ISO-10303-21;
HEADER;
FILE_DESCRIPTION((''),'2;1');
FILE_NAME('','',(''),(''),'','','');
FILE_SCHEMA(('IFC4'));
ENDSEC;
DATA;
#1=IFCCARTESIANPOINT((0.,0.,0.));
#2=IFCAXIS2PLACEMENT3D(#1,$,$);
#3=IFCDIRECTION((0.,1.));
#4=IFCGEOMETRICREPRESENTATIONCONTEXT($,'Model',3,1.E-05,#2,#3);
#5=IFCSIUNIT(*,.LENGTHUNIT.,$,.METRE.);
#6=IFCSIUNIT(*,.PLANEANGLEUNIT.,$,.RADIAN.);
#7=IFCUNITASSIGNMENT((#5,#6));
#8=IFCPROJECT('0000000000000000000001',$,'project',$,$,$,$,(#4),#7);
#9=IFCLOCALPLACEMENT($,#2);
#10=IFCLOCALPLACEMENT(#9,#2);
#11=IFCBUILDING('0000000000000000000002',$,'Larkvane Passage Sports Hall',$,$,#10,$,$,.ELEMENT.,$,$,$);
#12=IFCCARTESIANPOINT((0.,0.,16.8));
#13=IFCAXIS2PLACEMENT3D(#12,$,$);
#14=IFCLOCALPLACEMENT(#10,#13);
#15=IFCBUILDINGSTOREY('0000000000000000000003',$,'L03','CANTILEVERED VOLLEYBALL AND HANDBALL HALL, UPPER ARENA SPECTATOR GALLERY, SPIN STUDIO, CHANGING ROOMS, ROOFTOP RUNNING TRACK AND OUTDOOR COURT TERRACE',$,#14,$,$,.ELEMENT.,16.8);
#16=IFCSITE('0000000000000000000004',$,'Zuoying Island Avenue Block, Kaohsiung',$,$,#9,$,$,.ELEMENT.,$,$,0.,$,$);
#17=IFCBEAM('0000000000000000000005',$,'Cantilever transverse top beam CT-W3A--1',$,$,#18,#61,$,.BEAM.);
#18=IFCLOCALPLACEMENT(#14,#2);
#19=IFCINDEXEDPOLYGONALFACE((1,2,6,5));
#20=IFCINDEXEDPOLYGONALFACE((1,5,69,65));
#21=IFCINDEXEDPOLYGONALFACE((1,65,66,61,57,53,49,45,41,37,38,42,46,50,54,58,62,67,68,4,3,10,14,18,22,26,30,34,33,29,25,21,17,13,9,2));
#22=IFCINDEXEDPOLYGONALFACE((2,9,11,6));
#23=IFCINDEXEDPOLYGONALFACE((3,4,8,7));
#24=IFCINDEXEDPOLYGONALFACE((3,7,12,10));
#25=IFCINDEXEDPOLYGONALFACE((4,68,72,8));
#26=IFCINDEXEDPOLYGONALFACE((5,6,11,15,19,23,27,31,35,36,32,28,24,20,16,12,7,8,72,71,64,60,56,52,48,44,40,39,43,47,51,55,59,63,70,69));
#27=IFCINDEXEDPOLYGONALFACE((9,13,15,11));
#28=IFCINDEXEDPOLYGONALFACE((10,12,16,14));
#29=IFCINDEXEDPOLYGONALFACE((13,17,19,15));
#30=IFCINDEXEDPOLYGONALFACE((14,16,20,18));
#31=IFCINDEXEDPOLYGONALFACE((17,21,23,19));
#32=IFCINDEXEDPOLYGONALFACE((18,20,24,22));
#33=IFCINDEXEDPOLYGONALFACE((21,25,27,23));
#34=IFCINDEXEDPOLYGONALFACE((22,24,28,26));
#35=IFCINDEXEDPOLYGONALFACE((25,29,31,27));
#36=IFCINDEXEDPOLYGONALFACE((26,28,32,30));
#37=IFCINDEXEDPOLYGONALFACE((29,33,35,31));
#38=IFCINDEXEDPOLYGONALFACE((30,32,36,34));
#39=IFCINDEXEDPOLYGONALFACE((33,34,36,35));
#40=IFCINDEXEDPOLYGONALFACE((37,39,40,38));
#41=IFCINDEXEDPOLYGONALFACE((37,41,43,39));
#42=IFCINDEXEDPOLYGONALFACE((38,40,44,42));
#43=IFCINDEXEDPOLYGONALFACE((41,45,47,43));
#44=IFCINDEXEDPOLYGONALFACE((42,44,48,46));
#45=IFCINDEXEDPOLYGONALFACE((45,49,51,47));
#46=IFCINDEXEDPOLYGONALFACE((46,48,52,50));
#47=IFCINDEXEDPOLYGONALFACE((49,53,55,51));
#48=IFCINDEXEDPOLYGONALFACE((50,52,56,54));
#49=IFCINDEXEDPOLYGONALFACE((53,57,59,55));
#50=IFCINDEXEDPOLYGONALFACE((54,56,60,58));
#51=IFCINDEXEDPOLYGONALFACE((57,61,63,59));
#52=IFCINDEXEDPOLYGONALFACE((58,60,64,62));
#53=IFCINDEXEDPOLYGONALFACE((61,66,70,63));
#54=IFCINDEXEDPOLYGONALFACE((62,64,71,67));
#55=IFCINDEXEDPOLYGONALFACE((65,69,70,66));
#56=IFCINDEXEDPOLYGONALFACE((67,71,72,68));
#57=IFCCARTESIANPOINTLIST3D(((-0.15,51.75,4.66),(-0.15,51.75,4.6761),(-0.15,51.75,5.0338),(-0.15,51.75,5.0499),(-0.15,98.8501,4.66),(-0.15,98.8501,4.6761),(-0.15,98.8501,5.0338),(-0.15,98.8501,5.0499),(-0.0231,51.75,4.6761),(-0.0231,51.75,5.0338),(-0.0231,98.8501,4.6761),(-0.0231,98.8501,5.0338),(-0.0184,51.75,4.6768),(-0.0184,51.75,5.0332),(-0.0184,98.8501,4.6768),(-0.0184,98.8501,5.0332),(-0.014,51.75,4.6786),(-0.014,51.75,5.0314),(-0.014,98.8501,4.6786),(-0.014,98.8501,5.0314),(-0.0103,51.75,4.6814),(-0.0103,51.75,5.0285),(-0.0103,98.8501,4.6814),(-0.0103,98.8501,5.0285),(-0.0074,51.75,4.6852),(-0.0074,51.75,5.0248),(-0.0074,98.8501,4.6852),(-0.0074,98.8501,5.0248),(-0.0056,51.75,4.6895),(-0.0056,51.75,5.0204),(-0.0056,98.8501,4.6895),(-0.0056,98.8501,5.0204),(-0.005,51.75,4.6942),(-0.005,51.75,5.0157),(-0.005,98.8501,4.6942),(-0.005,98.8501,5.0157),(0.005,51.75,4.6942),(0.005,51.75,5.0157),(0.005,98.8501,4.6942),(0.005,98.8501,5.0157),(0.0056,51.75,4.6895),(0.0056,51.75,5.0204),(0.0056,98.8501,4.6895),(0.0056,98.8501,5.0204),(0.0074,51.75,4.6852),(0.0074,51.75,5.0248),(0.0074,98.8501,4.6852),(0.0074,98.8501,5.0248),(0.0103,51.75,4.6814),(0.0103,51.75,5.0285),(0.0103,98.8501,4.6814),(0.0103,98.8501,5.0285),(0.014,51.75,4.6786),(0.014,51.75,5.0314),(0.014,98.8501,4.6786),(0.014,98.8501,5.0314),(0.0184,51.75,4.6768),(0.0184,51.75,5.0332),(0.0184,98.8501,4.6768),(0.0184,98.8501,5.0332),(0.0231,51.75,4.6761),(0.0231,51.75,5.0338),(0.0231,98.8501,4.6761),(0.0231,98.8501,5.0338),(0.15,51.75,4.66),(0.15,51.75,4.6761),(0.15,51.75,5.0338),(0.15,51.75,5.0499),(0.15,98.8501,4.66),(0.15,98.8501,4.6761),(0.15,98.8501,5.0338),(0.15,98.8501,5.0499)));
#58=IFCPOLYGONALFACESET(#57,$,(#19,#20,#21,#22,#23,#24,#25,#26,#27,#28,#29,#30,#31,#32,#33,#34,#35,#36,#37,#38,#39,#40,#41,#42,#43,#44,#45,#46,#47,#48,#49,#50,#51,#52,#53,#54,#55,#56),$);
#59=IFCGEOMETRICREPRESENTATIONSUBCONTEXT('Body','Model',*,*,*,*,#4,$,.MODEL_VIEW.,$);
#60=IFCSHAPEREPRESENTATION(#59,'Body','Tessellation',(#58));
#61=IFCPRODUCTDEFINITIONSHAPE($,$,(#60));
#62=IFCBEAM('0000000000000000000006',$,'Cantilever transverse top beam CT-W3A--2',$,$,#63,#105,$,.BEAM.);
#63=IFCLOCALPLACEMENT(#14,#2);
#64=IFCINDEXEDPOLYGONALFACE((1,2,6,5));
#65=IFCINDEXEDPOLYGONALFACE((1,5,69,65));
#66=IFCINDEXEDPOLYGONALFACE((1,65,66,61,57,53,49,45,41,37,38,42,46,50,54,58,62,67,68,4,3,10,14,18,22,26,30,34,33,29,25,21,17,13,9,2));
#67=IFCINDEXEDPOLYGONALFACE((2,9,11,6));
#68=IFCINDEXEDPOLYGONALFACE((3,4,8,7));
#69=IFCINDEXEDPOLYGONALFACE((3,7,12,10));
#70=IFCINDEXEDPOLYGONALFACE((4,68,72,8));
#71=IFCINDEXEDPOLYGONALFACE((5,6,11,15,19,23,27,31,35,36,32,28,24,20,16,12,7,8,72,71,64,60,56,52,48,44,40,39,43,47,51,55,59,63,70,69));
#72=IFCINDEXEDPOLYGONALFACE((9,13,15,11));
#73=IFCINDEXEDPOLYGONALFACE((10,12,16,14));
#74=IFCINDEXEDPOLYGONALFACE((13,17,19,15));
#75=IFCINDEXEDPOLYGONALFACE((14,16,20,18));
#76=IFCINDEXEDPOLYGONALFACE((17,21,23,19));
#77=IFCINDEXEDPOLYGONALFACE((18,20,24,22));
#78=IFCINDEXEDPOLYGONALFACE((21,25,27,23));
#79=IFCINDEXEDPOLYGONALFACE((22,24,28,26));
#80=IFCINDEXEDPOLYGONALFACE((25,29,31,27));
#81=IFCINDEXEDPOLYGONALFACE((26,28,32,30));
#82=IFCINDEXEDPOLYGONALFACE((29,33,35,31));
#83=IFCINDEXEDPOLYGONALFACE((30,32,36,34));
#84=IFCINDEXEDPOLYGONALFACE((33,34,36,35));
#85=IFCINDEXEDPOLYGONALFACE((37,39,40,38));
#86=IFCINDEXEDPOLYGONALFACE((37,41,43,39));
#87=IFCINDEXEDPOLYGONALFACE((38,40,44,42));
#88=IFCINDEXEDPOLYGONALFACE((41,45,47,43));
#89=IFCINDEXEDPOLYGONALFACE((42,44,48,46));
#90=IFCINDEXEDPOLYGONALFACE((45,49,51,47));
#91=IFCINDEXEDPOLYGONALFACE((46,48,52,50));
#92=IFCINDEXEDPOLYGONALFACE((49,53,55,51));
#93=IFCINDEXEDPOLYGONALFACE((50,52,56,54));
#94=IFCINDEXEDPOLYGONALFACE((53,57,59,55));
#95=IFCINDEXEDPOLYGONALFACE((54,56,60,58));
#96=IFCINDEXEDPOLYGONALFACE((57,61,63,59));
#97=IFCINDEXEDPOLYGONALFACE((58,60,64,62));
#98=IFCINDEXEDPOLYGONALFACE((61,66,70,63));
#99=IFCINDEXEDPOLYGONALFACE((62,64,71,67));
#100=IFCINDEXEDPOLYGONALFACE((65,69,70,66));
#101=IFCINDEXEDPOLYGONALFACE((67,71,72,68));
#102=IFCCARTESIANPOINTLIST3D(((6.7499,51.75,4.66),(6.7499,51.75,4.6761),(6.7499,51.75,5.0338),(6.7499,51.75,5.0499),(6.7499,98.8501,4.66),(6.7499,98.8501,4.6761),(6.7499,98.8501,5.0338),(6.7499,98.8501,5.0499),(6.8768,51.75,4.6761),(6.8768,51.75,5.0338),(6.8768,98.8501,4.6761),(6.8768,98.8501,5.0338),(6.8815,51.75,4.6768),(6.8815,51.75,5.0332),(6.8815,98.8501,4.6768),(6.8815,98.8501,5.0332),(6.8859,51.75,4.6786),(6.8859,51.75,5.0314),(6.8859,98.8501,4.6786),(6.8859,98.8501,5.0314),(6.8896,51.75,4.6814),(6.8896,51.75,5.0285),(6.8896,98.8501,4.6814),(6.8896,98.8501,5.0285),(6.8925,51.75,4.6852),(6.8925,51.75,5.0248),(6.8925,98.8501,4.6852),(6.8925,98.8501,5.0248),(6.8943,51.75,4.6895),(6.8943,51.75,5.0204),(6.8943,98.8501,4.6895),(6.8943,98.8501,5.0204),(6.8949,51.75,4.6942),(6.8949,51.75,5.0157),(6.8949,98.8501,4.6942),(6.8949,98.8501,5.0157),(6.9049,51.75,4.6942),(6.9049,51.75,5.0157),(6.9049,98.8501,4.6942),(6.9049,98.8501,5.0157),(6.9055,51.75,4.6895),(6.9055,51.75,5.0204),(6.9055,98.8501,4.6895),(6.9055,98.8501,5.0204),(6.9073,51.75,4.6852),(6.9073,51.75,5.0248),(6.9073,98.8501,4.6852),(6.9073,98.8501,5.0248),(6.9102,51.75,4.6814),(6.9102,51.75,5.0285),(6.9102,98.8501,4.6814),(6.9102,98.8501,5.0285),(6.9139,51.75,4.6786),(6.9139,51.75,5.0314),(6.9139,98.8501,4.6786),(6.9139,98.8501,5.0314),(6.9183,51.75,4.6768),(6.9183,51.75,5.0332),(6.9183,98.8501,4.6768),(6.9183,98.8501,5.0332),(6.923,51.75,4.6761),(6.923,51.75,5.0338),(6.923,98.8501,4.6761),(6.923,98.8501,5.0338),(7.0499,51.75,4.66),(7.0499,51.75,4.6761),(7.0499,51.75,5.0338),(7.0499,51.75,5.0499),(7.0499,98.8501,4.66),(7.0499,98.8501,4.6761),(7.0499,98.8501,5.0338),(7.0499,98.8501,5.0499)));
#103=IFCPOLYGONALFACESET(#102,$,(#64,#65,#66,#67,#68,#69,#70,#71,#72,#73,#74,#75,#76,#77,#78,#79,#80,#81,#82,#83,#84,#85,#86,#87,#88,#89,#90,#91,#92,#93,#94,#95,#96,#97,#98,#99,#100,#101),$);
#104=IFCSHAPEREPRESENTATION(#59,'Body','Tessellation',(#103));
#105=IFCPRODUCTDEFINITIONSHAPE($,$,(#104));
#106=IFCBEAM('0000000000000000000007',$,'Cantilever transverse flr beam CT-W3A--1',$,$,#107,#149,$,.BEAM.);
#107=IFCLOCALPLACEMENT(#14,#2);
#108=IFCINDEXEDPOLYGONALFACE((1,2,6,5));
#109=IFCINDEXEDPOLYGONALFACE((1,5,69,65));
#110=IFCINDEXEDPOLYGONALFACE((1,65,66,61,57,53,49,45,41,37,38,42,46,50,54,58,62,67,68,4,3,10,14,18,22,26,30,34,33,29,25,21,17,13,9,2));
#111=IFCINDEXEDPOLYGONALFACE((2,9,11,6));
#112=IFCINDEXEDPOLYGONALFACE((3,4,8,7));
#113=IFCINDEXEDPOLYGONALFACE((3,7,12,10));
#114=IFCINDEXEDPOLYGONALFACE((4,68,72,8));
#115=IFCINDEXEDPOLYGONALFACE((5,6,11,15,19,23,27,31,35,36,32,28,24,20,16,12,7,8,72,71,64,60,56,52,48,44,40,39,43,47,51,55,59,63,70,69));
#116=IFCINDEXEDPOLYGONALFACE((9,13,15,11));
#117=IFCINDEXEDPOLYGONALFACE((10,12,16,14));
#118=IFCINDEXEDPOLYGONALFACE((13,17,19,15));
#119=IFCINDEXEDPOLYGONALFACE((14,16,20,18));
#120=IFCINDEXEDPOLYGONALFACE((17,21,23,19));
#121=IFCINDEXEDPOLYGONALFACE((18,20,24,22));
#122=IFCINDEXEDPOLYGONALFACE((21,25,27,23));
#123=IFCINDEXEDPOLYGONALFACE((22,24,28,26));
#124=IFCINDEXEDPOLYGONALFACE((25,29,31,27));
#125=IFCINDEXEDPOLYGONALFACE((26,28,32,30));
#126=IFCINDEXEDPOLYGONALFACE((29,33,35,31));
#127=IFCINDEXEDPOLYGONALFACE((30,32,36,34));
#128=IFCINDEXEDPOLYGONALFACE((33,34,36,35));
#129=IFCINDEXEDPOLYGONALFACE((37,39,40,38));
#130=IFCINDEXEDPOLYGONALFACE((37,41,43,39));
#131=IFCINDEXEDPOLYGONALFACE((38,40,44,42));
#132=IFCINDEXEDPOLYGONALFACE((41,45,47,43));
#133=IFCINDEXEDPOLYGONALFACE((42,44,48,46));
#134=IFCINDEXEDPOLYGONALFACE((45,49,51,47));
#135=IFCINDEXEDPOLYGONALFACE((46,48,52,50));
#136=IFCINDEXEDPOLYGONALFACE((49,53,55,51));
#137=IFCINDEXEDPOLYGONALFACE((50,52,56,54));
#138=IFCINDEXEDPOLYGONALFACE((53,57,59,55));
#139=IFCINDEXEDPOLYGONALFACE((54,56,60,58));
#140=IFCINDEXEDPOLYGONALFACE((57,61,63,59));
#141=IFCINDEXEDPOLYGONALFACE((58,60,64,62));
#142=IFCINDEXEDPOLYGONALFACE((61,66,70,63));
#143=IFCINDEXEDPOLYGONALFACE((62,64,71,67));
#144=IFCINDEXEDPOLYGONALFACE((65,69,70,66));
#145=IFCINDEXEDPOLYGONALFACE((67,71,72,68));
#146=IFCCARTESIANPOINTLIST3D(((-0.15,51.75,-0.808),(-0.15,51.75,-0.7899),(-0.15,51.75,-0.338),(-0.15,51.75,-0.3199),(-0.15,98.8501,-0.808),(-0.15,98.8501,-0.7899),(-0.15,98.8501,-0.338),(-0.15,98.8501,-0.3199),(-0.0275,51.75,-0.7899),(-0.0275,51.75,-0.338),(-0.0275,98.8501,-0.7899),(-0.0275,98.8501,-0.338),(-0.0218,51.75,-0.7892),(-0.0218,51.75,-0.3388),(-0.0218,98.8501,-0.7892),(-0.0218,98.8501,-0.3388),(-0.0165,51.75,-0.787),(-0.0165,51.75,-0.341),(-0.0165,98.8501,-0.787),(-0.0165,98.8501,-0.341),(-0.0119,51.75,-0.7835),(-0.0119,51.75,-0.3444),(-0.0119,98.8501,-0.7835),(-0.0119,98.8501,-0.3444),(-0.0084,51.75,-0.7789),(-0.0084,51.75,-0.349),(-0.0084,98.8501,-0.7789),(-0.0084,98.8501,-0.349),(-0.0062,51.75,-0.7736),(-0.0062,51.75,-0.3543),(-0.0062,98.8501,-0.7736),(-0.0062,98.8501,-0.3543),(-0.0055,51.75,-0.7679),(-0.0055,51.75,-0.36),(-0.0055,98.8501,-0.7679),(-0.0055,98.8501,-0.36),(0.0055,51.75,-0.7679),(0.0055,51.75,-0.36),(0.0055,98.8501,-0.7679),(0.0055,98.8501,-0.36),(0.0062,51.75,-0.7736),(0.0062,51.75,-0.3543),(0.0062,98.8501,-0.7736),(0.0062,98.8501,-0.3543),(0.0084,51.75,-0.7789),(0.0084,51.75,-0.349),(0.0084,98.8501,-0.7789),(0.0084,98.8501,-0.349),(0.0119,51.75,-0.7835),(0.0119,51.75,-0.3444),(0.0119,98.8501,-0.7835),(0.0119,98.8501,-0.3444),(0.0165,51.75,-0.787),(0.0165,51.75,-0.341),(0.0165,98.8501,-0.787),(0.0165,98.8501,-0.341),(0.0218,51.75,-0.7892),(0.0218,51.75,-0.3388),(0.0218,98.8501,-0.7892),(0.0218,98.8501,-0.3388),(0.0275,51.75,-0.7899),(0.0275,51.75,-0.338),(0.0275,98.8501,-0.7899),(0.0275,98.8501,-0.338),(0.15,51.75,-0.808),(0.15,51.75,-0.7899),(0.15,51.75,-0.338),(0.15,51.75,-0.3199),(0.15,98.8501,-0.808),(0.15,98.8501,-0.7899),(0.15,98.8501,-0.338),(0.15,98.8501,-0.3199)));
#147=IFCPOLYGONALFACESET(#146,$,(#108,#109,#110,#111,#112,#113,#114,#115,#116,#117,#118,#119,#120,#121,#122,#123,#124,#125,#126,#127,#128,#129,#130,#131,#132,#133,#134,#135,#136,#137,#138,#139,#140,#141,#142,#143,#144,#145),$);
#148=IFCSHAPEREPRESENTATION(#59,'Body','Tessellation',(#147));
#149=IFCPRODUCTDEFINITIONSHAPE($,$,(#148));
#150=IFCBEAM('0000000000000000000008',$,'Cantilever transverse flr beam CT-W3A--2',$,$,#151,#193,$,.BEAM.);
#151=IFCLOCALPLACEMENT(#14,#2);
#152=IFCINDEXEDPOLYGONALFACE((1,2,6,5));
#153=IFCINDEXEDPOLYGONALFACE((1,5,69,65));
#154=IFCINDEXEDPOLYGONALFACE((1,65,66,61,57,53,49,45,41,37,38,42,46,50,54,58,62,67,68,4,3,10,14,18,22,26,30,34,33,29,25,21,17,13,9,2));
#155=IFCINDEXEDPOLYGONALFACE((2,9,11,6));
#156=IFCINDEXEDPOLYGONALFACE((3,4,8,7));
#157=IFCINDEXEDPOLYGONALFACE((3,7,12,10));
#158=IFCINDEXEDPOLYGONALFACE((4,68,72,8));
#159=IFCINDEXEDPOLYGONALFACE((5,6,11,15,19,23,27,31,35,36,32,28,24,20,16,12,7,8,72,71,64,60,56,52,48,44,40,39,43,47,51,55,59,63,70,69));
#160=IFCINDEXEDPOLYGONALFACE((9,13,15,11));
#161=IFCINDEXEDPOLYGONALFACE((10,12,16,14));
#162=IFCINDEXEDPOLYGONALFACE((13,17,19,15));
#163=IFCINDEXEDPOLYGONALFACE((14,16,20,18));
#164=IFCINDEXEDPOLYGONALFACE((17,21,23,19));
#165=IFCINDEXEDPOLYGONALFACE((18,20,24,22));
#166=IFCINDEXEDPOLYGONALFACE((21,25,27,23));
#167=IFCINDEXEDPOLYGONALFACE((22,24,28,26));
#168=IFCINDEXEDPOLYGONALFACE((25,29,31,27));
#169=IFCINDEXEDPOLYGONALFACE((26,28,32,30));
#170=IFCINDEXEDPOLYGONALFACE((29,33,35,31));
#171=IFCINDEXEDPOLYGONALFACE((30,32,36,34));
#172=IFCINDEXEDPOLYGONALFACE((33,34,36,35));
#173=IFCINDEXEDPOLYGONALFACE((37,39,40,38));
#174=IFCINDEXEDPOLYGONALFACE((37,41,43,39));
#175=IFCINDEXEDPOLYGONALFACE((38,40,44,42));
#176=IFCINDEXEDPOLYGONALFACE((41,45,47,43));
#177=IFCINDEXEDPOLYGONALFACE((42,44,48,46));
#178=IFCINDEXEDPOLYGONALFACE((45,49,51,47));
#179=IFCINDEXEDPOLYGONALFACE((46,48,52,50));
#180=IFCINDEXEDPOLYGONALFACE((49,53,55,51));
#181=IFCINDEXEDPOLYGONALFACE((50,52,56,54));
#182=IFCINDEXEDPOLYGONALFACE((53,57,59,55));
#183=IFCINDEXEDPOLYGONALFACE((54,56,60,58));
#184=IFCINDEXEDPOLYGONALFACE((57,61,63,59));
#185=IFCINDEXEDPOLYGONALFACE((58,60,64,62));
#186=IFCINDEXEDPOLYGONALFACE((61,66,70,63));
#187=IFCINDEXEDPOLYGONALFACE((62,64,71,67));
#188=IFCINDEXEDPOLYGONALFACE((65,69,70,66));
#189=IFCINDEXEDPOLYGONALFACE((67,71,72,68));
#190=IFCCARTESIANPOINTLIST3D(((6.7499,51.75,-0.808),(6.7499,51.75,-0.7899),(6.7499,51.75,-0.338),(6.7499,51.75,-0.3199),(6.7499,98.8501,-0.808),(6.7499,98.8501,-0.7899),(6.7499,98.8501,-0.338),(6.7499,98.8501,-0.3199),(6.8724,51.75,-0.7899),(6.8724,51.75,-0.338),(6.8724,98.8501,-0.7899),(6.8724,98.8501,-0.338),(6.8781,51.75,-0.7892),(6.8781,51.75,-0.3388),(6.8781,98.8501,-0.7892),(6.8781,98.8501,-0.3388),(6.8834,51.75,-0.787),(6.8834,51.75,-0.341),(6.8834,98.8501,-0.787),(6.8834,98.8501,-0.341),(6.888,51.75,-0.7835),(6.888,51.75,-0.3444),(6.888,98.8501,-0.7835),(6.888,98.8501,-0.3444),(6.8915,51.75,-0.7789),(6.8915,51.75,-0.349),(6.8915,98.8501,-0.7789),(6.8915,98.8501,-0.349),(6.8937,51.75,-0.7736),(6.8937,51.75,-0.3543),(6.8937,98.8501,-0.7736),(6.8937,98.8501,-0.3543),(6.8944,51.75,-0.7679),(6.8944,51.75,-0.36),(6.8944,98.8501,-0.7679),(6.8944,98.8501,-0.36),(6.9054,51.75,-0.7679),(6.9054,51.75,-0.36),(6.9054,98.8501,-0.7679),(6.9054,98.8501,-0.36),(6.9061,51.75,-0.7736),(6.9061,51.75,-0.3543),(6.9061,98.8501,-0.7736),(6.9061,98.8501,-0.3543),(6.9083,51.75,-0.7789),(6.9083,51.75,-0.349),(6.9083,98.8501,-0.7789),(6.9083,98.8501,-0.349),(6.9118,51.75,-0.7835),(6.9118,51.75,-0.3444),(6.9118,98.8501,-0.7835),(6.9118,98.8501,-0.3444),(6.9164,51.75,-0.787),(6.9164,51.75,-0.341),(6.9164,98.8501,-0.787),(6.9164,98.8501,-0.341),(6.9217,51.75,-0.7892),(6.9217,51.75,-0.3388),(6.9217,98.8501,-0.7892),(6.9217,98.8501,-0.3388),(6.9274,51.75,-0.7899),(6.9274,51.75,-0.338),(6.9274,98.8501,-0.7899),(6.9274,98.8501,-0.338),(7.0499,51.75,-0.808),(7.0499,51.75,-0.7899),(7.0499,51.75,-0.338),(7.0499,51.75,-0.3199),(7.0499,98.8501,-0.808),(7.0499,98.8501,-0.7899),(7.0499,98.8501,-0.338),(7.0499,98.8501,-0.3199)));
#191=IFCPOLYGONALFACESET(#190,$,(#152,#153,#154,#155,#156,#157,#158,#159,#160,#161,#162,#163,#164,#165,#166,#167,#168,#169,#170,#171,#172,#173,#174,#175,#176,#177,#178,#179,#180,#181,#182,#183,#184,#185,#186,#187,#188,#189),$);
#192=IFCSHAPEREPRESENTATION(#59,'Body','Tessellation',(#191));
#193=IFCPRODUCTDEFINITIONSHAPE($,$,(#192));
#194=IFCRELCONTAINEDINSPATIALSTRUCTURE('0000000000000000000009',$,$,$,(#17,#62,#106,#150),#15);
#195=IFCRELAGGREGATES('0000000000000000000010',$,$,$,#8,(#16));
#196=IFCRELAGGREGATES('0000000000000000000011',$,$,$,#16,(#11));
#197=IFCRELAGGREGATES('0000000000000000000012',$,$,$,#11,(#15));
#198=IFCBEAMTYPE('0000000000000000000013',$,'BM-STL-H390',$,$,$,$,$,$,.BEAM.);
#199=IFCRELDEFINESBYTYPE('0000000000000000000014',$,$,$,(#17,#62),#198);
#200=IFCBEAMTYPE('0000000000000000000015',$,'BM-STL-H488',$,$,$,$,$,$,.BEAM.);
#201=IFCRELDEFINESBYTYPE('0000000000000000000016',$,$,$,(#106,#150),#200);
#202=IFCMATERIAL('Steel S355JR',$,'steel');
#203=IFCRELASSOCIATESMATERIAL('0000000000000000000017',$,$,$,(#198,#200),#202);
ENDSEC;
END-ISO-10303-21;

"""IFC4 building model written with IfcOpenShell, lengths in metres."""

from ifc_helpers import new_model, si_unit, direction, frame, origin, origin_2d, place, context, subcontext, project, spatial, i_section, extrude, material, material_profile, profile_set, type_object, element, save


model = new_model("IFC4")

# Units and contexts
model_context = context("Model", 3, precision=1e-05, world=origin(), true_north=direction((0.0, 1.0)))
body_context = subcontext(model_context, "Body", "Model", "MODEL_VIEW")
ifc_project = project(units=[si_unit("LENGTHUNIT", "METRE"), si_unit("PLANEANGLEUNIT", "RADIAN")], contexts=[model_context])

# Site, building, storey
site_placement = place(None, origin())
site = spatial("IfcSite", under=ifc_project, at=site_placement, Name="Zuoying Island Avenue Block, Kaohsiung", CompositionType="ELEMENT", RefElevation=0.0)
building_placement = place(site_placement, origin())
building = spatial("IfcBuilding", under=site, at=building_placement, Name="Larkvane Passage Sports Hall", CompositionType="ELEMENT")
storey_placement = place(building_placement, frame((0.0, 0.0, 16.8)))
storey = spatial("IfcBuildingStorey", under=building, at=storey_placement, Name="L03", Description="CANTILEVERED VOLLEYBALL AND HANDBALL HALL, UPPER ARENA SPECTATOR GALLERY, SPIN STUDIO, CHANGING ROOMS, ROOFTOP RUNNING TRACK AND OUTDOOR COURT TERRACE", CompositionType="ELEMENT", Elevation=16.8)

# Beams
ifc_material_1 = material(Name="Steel S355JR", Category="steel")
ifc_material_profile_1 = material_profile(ifc_material_1, i_section(OverallWidth=0.3, OverallDepth=0.3899, WebThickness=0.01, FlangeThickness=0.0161, FilletRadius=0.0181, at=origin_2d()), Name="H-390x300x10x16")
ifc_profile_set_1 = profile_set([ifc_material_profile_1], Name="Steel S355JR")
beam_type_1 = type_object("IfcBeamType", Name="BM-STL-H390", PredefinedType="BEAM", material=ifc_profile_set_1)
for number, where, z_axis, x_axis, name in (
    (1, (0.0, 51.75, 4.855), (0.0, 1.0, 0.0), (-1.0, 0.0, 0.0), "Cantilever transverse top beam CT-W3A--1"),
    (2, (6.8999, 51.75, 4.855), (0.0, 1.0, 0.0), (-1.0, 0.0, 0.0), "Cantilever transverse top beam CT-W3A--2"),
):
    element("IfcBeam", number, at=place(storey_placement, frame(where, z_axis=z_axis, x_axis=x_axis)), inside=storey, type_object=beam_type_1, Name=name, PredefinedType="BEAM", context=body_context, shape_type="SweptSolid", body=[
        extrude(i_section(OverallWidth=0.3, OverallDepth=0.3899, WebThickness=0.01, FlangeThickness=0.0161, FilletRadius=0.0181, at=origin_2d()), origin(), (0.0, 0.0, 1.0), 47.1001),
    ])
ifc_material_profile_2 = material_profile(ifc_material_1, i_section(OverallWidth=0.3, OverallDepth=0.488, WebThickness=0.011, FlangeThickness=0.0181, FilletRadius=0.022, at=origin_2d()), Name="H-488x300x11x18")
ifc_profile_set_2 = profile_set([ifc_material_profile_2], Name="Steel S355JR")
beam_type_2 = type_object("IfcBeamType", Name="BM-STL-H488", PredefinedType="BEAM", material=ifc_profile_set_2)
for number, where, z_axis, x_axis, name in (
    (3, (0.0, 51.75, -0.564), (0.0, 1.0, 0.0), (-1.0, 0.0, 0.0), "Cantilever transverse flr beam CT-W3A--1"),
    (4, (6.8999, 51.75, -0.564), (0.0, 1.0, 0.0), (-1.0, 0.0, 0.0), "Cantilever transverse flr beam CT-W3A--2"),
):
    element("IfcBeam", number, at=place(storey_placement, frame(where, z_axis=z_axis, x_axis=x_axis)), inside=storey, type_object=beam_type_2, Name=name, PredefinedType="BEAM", context=body_context, shape_type="SweptSolid", body=[
        extrude(i_section(OverallWidth=0.3, OverallDepth=0.488, WebThickness=0.011, FlangeThickness=0.0181, FilletRadius=0.022, at=origin_2d()), origin(), (0.0, 0.0, 1.0), 47.1001),
    ])

save(model, "model.ifc")
